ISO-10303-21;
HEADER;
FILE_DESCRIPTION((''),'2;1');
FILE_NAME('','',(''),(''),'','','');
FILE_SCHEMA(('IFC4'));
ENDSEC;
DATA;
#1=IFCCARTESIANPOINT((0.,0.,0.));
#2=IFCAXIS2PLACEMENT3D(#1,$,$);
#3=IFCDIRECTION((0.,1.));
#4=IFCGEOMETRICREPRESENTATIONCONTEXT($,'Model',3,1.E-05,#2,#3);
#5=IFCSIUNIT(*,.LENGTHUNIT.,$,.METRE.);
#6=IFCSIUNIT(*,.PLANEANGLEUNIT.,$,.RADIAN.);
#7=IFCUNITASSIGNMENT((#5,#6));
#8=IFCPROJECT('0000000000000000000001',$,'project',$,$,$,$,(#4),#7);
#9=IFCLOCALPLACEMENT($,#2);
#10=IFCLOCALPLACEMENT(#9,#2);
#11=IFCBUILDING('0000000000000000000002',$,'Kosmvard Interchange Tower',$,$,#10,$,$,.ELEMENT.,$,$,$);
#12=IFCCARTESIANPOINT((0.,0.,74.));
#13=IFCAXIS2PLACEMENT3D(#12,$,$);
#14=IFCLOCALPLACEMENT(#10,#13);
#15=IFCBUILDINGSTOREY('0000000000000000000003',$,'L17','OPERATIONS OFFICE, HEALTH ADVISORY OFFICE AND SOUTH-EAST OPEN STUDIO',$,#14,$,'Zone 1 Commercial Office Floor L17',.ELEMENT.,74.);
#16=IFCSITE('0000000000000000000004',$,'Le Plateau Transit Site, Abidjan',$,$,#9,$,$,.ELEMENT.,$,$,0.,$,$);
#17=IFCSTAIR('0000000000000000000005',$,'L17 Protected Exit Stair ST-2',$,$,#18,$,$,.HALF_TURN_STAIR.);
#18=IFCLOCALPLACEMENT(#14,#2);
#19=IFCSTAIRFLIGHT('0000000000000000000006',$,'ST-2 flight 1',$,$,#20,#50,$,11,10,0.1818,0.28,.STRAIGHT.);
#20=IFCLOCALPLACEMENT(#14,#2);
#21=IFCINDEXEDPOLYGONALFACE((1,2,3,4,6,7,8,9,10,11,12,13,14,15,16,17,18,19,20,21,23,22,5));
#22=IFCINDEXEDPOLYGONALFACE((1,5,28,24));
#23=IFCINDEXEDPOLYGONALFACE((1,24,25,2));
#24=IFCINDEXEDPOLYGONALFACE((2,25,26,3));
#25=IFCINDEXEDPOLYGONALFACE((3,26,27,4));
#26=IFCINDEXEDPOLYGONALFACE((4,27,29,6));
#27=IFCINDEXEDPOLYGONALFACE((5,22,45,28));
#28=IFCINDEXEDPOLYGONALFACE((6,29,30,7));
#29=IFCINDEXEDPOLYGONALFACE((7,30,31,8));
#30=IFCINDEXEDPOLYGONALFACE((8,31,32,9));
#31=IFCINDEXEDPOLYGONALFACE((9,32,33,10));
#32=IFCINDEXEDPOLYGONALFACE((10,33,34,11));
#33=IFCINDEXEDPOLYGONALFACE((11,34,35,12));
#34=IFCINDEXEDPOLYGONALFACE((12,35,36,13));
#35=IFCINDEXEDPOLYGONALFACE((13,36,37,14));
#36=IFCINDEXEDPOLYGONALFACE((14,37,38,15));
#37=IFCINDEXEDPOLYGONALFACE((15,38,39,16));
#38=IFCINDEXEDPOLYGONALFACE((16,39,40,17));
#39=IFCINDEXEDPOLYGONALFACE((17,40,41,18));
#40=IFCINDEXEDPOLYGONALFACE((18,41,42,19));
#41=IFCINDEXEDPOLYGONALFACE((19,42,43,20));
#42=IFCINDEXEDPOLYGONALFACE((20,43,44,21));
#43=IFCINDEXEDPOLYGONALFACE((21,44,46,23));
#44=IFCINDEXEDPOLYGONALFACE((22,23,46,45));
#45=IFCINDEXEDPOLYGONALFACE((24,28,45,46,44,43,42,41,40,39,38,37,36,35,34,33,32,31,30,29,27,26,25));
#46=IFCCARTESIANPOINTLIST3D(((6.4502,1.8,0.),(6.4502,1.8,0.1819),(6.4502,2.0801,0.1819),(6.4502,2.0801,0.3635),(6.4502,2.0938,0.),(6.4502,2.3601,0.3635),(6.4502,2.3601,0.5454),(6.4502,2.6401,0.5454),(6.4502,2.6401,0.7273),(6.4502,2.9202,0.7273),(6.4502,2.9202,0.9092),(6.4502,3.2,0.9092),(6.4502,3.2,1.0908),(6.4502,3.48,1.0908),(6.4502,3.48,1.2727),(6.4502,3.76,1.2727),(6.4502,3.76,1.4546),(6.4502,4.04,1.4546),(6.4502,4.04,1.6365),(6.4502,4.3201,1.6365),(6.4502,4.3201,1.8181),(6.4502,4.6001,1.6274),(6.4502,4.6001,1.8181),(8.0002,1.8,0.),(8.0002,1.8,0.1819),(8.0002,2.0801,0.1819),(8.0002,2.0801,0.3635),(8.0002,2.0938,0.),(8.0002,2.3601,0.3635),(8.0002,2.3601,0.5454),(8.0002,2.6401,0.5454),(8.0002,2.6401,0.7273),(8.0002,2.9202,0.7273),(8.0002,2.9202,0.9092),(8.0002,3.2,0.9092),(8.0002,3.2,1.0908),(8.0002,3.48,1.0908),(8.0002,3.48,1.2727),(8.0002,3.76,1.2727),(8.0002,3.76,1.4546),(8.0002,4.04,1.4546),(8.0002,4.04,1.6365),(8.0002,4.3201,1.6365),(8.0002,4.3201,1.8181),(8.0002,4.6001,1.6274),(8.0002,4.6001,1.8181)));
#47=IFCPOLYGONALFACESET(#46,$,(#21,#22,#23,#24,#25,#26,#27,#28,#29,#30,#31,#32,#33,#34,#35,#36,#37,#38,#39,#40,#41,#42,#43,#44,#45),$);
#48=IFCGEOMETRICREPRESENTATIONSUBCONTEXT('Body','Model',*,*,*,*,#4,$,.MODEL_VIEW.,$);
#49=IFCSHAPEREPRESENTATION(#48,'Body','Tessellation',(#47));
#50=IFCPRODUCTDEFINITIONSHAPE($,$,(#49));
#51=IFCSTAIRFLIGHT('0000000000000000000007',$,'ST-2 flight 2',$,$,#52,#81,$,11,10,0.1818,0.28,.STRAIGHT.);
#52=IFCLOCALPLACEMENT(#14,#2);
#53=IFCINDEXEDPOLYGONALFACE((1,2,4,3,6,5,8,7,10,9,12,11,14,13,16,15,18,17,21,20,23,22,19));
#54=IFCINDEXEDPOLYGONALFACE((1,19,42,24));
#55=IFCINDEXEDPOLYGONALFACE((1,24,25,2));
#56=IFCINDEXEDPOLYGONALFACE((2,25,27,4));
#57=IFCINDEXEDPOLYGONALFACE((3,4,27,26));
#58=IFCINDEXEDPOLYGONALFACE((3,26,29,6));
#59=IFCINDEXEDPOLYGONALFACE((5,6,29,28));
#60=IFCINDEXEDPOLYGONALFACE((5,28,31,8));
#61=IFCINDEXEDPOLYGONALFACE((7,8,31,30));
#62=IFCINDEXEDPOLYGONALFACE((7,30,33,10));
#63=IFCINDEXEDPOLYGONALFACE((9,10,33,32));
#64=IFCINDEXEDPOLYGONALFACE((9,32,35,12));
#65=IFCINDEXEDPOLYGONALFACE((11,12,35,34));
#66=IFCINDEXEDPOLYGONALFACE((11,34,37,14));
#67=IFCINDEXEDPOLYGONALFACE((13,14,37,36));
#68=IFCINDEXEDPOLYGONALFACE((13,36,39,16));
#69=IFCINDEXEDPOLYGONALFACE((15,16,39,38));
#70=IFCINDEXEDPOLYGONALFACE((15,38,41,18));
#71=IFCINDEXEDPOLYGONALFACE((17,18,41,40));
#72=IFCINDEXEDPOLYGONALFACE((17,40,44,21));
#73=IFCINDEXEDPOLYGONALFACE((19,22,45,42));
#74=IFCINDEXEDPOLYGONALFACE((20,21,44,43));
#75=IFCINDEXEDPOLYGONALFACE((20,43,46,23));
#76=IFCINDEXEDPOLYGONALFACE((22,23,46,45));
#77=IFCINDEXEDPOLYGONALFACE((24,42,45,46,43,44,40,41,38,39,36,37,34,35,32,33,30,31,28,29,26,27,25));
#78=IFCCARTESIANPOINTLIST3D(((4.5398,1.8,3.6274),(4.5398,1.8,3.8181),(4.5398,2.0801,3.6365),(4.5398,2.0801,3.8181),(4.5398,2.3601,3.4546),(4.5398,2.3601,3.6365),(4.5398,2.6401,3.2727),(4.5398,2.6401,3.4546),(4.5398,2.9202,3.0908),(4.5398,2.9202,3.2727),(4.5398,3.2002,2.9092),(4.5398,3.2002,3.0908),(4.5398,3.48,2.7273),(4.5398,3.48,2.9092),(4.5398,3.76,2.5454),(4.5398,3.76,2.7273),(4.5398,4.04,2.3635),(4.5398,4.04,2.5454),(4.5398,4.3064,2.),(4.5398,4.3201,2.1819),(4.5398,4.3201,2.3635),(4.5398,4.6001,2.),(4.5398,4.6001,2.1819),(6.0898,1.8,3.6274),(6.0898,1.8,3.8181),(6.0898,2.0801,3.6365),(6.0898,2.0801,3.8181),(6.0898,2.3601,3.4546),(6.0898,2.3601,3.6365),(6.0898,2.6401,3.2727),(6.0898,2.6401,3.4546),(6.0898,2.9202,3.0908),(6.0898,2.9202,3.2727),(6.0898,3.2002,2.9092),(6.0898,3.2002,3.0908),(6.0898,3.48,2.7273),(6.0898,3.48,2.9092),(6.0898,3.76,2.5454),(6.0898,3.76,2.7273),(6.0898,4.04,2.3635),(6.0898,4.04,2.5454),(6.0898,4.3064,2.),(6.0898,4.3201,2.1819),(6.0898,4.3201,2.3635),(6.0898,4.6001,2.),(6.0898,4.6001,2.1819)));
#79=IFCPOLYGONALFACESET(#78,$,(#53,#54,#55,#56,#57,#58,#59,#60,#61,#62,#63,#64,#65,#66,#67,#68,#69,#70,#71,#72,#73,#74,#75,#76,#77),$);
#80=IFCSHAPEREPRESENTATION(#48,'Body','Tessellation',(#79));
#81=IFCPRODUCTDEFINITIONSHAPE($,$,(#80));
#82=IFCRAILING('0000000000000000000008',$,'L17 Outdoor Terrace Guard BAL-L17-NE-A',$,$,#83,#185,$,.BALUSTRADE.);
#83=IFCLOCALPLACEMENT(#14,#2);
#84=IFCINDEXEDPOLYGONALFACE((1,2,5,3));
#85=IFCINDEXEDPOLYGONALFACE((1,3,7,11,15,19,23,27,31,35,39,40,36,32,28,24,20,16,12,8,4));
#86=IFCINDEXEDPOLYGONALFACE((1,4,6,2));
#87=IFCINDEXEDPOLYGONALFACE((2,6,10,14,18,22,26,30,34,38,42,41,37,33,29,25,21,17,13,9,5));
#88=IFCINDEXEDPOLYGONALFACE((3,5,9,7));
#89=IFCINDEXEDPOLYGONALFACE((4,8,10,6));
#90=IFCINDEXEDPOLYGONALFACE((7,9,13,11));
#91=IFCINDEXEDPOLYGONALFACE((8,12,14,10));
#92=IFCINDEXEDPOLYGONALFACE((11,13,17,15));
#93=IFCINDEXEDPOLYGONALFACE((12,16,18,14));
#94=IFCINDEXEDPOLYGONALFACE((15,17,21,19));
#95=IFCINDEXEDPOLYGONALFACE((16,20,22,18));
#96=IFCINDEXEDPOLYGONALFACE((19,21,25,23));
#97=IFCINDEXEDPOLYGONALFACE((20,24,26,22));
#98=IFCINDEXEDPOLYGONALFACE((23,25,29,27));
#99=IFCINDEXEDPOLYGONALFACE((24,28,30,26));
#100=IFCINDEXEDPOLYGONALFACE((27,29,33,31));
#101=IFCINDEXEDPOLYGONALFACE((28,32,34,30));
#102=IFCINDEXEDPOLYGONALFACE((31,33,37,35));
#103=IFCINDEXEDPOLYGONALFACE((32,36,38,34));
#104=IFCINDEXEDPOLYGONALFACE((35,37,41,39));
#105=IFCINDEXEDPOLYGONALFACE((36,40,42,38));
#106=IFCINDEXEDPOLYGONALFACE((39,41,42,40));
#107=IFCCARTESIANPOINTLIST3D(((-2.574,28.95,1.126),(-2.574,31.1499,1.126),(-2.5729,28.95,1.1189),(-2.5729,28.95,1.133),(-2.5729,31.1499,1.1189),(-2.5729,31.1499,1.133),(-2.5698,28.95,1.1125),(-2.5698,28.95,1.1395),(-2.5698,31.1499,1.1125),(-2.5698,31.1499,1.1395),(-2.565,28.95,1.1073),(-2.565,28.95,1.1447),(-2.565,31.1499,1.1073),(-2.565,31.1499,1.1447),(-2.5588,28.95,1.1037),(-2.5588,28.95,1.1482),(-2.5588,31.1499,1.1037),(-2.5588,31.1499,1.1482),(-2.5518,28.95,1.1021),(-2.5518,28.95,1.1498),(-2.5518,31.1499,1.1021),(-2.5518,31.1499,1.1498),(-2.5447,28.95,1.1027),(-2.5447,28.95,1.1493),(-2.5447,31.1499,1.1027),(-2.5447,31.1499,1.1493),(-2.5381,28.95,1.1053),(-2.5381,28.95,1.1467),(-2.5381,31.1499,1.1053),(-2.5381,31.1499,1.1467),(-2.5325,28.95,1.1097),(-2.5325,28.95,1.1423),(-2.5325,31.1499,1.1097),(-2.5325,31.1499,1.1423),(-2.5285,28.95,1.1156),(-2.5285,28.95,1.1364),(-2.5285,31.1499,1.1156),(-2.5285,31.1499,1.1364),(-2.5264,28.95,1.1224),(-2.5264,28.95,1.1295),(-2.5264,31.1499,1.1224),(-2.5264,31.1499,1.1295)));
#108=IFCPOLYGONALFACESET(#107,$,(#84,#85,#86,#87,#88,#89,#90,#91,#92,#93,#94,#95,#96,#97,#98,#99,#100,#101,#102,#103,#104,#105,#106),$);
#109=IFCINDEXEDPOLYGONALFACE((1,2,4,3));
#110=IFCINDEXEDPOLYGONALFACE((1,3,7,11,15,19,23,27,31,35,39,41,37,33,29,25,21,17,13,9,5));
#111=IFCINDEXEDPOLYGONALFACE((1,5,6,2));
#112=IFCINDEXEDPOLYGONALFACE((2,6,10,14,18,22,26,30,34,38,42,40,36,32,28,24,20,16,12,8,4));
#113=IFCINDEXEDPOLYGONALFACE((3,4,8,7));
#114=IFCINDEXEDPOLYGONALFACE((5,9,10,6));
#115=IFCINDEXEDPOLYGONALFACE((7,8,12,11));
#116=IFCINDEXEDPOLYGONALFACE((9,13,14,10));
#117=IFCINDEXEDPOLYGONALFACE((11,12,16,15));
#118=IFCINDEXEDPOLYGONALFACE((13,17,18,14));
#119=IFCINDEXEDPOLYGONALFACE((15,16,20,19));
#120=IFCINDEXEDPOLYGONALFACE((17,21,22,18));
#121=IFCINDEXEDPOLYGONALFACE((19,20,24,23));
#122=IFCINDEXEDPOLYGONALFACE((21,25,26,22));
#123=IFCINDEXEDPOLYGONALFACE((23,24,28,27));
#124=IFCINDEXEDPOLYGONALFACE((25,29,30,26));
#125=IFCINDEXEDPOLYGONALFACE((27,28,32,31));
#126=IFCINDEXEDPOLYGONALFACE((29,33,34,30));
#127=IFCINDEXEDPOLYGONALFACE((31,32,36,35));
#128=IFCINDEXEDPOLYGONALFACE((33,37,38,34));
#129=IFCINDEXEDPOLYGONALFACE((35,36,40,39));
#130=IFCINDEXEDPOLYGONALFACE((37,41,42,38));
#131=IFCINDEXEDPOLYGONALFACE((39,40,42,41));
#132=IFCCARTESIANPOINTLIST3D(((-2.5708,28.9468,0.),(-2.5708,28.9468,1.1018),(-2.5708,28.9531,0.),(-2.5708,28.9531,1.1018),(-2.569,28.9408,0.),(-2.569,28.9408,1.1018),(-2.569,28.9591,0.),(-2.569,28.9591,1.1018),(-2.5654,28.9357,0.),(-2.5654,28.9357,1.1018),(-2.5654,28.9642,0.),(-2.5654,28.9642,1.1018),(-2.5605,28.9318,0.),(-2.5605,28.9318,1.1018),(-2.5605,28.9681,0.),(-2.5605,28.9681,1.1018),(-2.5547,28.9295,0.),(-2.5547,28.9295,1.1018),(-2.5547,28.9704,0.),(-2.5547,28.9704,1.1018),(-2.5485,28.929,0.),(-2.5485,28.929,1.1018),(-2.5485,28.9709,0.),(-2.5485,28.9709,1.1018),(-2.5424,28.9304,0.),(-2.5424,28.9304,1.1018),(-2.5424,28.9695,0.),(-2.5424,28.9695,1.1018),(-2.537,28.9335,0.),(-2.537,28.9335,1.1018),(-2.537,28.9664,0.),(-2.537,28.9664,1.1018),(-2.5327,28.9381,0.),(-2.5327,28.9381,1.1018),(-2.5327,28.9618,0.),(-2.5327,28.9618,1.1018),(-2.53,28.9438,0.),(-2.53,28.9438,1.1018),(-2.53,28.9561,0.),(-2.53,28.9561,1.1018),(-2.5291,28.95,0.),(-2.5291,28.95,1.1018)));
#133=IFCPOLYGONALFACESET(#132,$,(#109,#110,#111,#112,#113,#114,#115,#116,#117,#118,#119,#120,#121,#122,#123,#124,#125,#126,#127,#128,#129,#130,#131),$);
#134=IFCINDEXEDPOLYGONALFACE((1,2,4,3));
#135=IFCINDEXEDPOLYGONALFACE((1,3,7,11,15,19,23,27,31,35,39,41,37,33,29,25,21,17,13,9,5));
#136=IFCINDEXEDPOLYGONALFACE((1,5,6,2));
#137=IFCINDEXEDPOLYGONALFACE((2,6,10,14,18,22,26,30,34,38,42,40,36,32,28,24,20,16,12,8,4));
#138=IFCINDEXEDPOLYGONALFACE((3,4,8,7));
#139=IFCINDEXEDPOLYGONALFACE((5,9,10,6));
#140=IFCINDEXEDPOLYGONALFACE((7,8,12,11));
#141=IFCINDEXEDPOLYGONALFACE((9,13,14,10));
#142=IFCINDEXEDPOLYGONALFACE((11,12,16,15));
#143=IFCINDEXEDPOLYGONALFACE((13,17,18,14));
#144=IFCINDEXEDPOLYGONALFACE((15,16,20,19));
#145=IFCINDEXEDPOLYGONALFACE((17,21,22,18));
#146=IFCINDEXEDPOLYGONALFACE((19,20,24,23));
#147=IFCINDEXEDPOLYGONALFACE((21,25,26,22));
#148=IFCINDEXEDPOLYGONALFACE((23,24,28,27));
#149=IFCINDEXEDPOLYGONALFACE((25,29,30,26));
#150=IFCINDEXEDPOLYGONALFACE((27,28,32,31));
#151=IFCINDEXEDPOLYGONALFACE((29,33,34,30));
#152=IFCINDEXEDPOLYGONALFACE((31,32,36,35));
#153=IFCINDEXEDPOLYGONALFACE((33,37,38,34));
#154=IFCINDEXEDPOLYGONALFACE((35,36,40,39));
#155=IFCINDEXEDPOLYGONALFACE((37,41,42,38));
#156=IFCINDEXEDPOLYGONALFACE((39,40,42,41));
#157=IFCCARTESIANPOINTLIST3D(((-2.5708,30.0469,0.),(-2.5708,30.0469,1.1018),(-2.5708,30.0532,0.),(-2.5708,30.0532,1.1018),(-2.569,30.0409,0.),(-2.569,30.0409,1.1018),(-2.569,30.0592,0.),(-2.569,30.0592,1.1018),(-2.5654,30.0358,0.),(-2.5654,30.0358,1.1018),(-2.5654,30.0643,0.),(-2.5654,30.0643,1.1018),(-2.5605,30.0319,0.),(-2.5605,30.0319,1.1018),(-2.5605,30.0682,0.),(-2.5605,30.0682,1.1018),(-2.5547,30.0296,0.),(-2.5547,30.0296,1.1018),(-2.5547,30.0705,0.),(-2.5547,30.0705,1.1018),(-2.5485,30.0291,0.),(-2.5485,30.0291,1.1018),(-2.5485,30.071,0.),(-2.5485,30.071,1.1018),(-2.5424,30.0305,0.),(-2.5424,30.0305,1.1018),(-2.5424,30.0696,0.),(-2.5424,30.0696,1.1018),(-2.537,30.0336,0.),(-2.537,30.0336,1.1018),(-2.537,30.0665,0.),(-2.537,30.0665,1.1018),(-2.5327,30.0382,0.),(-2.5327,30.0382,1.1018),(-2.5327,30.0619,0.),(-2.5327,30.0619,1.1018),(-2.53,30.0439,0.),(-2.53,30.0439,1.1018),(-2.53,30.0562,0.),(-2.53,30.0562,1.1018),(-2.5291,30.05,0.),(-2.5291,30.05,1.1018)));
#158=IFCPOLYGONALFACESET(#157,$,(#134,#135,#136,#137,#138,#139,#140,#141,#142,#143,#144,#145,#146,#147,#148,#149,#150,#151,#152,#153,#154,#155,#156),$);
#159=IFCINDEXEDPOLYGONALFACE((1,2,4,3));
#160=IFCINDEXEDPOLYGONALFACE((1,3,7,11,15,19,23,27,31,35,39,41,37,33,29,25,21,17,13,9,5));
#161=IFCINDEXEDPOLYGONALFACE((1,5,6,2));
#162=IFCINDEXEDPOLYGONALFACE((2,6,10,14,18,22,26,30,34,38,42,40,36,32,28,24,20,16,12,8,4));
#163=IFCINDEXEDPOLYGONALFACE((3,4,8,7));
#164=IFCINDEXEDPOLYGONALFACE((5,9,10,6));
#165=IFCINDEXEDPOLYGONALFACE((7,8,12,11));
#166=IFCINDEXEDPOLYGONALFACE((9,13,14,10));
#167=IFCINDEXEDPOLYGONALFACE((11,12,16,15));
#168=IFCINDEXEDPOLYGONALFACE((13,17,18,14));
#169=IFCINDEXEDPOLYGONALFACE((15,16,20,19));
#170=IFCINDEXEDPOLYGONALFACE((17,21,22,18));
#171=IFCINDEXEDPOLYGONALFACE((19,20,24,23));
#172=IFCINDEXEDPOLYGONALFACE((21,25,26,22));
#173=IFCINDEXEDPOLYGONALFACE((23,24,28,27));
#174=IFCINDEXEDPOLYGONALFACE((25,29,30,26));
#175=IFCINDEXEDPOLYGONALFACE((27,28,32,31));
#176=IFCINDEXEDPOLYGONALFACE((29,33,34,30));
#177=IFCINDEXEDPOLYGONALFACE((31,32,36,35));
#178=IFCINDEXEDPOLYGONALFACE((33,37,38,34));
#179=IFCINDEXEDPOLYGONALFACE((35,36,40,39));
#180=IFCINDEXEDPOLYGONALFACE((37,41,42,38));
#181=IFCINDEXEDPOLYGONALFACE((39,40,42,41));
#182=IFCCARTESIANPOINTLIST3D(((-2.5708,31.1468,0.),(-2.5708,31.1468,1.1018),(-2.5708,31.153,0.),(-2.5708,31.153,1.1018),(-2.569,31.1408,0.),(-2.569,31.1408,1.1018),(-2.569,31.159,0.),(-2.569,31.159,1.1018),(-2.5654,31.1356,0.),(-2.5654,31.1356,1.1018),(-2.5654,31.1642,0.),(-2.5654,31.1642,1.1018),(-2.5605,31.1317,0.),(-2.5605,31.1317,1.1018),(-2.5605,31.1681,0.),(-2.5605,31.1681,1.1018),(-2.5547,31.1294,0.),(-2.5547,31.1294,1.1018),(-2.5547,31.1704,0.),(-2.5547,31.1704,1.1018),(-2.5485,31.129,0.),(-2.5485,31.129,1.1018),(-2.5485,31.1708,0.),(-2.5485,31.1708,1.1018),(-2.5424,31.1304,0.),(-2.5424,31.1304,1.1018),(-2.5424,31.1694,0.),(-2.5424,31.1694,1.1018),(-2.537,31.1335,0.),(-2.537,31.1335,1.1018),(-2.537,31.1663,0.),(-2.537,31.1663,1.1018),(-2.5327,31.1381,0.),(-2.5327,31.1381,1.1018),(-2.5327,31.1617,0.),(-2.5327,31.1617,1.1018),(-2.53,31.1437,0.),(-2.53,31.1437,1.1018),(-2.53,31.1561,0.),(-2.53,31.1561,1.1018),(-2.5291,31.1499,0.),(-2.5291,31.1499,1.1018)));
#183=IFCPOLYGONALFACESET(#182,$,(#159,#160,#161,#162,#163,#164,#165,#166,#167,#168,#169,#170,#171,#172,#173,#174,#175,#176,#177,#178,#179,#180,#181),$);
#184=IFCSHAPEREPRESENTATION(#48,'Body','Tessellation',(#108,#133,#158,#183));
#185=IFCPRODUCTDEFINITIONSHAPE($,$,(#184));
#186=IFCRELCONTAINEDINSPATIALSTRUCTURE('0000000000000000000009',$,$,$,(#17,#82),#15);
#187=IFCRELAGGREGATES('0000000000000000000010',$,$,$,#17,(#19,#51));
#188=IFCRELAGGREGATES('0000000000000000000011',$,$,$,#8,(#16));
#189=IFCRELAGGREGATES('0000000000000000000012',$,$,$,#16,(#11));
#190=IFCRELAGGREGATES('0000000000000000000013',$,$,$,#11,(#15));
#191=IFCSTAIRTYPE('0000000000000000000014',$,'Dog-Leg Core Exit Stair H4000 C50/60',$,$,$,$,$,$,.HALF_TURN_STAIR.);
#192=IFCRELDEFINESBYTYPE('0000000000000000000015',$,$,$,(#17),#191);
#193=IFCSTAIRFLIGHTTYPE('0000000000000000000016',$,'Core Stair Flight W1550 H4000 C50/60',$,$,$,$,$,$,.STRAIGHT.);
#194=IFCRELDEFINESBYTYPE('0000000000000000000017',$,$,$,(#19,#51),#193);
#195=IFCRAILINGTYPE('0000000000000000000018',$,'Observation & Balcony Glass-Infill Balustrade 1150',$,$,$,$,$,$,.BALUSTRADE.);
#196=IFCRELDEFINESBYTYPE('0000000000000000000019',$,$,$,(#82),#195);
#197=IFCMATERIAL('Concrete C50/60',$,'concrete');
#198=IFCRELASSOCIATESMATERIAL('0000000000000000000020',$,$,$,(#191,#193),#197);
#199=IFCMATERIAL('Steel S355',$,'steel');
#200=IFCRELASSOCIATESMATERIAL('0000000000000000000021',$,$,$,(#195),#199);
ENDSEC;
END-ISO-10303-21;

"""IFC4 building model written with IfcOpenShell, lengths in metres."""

from ifc_helpers import new_model, si_unit, direction, frame, origin, origin_2d, place, context, subcontext, project, spatial, polyline, circle, outline, extrude, source, transform, mapped, material, type_object, element, aggregate, save


model = new_model("IFC4")

# Units and contexts
model_context = context("Model", 3, precision=1e-05, world=origin(), true_north=direction((0.0, 1.0)))
body_context = subcontext(model_context, "Body", "Model", "MODEL_VIEW")
ifc_project = project(units=[si_unit("LENGTHUNIT", "METRE"), si_unit("PLANEANGLEUNIT", "RADIAN")], contexts=[model_context])

# Site, building, storey
site_placement = place(None, origin())
site = spatial("IfcSite", under=ifc_project, at=site_placement, Name="Le Plateau Transit Site, Abidjan", CompositionType="ELEMENT", RefElevation=0.0)
building_placement = place(site_placement, origin())
building = spatial("IfcBuilding", under=site, at=building_placement, Name="Kosmvard Interchange Tower", CompositionType="ELEMENT")
storey_placement = place(building_placement, frame((0.0, 0.0, 74.0)))
storey = spatial("IfcBuildingStorey", under=building, at=storey_placement, Name="L17", Description="OPERATIONS OFFICE, HEALTH ADVISORY OFFICE AND SOUTH-EAST OPEN STUDIO", LongName="Zone 1 Commercial Office Floor L17", CompositionType="ELEMENT", Elevation=74.0)

# Shared definitions
ifc_material_1 = material(Name="Steel S355", Category="steel")

# Stair
ifc_material_2 = material(Name="Concrete C50/60", Category="concrete")
stair_type = type_object("IfcStairType", Name="Dog-Leg Core Exit Stair H4000 C50/60", PredefinedType="HALF_TURN_STAIR", material=ifc_material_2)
stair_1_placement = place(storey_placement, origin())
stair_1 = element("IfcStair", 1, at=stair_1_placement, inside=storey, type_object=stair_type, Name="L17 Protected Exit Stair ST-2", PredefinedType="HALF_TURN_STAIR")

# Stair flights
stair_flight_type = type_object("IfcStairFlightType", Name="Core Stair Flight W1550 H4000 C50/60", PredefinedType="STRAIGHT", material=ifc_material_2)
shared_shape_1 = source(origin(), body_context, "Body", "SweptSolid", [
    extrude(outline(polyline([(0.0, 0.0), (0.0, 0.1819), (0.28, 0.1819), (0.28, 0.3635), (0.5601, 0.3635), (0.5601, 0.5454), (0.8401, 0.5454), (0.8401, 0.7273), (1.1201, 0.7273), (1.1201, 0.9092), (1.3999, 0.9092), (1.3999, 1.0908), (1.6799, 1.0908), (1.6799, 1.2727), (1.96, 1.2727), (1.96, 1.4546), (2.24, 1.4546), (2.24, 1.6365), (2.52, 1.6365), (2.52, 1.8181), (2.8, 1.8181), (2.8, 2.0), (2.8, 1.6274), (0.2937, 0.0), (0.0, 0.0)])), frame((0.0, 0.7749, 0.0), z_axis=(0.0, -1.0, 0.0), x_axis=(1.0, 0.0, 0.0)), (0.0, 0.0, 1.0), 1.55),
])
stair_flight_1_placement = place(storey_placement, frame((7.2251, 1.8, 0.0), z_axis=(0.0, 0.0, 1.0), x_axis=(0.0, 1.0, 0.0)))
stair_flight_1 = element("IfcStairFlight", 2, at=stair_flight_1_placement, type_object=stair_flight_type, Name="ST-2 flight 1", NumberOfRisers=11, NumberOfTreads=10, PredefinedType="STRAIGHT", RiserHeight=0.1818, TreadLength=0.28, context=body_context, shape_type="MappedRepresentation", body=[
    mapped(shared_shape_1, transform((0.0, 0.0, 0.0), scale=1.0)),
])
stair_flight_2_placement = place(storey_placement, frame((5.3149, 4.6001, 2.0), z_axis=(0.0, 0.0, 1.0), x_axis=(0.0, -1.0, 0.0)))
stair_flight_2 = element("IfcStairFlight", 3, at=stair_flight_2_placement, type_object=stair_flight_type, Name="ST-2 flight 2", NumberOfRisers=11, NumberOfTreads=10, PredefinedType="STRAIGHT", RiserHeight=0.1818, TreadLength=0.28, context=body_context, shape_type="MappedRepresentation", body=[
    mapped(shared_shape_1, transform((0.0, 0.0, 0.0), scale=1.0)),
])
aggregate(stair_1, [stair_flight_1, stair_flight_2])

# Railing
railing_type_1 = type_object("IfcRailingType", Name="Observation & Balcony Glass-Infill Balustrade 1150", PredefinedType="BALUSTRADE", material=ifc_material_1)
shared_shape_2 = source(origin(), body_context, "Body", "SweptSolid", [
    extrude(circle(Radius=0.0239, at=origin_2d()), frame((0.0, 0.0, 1.126), z_axis=(0.0, 1.0, 0.0), x_axis=(-1.0, 0.0, 0.0)), (0.0, 0.0, 1.0), 2.2),
    extrude(circle(Radius=0.021, at=origin_2d()), origin(), (0.0, 0.0, 1.0), 1.1018),
    extrude(circle(Radius=0.021, at=origin_2d()), frame((0.0, 1.1001, 0.0)), (0.0, 0.0, 1.0), 1.1018),
    extrude(circle(Radius=0.021, at=origin_2d()), frame((0.0, 2.2, 0.0)), (0.0, 0.0, 1.0), 1.1018),
])
railing_1_placement = place(storey_placement, frame((-2.55, 28.95, 0.0)))
element("IfcRailing", 4, at=railing_1_placement, inside=storey, type_object=railing_type_1, Name="L17 Outdoor Terrace Guard BAL-L17-NE-A", PredefinedType="BALUSTRADE", context=body_context, shape_type="MappedRepresentation", body=[
    mapped(shared_shape_2, transform((0.0, 0.0, 0.0), scale=1.0)),
])

save(model, "model.ifc")
